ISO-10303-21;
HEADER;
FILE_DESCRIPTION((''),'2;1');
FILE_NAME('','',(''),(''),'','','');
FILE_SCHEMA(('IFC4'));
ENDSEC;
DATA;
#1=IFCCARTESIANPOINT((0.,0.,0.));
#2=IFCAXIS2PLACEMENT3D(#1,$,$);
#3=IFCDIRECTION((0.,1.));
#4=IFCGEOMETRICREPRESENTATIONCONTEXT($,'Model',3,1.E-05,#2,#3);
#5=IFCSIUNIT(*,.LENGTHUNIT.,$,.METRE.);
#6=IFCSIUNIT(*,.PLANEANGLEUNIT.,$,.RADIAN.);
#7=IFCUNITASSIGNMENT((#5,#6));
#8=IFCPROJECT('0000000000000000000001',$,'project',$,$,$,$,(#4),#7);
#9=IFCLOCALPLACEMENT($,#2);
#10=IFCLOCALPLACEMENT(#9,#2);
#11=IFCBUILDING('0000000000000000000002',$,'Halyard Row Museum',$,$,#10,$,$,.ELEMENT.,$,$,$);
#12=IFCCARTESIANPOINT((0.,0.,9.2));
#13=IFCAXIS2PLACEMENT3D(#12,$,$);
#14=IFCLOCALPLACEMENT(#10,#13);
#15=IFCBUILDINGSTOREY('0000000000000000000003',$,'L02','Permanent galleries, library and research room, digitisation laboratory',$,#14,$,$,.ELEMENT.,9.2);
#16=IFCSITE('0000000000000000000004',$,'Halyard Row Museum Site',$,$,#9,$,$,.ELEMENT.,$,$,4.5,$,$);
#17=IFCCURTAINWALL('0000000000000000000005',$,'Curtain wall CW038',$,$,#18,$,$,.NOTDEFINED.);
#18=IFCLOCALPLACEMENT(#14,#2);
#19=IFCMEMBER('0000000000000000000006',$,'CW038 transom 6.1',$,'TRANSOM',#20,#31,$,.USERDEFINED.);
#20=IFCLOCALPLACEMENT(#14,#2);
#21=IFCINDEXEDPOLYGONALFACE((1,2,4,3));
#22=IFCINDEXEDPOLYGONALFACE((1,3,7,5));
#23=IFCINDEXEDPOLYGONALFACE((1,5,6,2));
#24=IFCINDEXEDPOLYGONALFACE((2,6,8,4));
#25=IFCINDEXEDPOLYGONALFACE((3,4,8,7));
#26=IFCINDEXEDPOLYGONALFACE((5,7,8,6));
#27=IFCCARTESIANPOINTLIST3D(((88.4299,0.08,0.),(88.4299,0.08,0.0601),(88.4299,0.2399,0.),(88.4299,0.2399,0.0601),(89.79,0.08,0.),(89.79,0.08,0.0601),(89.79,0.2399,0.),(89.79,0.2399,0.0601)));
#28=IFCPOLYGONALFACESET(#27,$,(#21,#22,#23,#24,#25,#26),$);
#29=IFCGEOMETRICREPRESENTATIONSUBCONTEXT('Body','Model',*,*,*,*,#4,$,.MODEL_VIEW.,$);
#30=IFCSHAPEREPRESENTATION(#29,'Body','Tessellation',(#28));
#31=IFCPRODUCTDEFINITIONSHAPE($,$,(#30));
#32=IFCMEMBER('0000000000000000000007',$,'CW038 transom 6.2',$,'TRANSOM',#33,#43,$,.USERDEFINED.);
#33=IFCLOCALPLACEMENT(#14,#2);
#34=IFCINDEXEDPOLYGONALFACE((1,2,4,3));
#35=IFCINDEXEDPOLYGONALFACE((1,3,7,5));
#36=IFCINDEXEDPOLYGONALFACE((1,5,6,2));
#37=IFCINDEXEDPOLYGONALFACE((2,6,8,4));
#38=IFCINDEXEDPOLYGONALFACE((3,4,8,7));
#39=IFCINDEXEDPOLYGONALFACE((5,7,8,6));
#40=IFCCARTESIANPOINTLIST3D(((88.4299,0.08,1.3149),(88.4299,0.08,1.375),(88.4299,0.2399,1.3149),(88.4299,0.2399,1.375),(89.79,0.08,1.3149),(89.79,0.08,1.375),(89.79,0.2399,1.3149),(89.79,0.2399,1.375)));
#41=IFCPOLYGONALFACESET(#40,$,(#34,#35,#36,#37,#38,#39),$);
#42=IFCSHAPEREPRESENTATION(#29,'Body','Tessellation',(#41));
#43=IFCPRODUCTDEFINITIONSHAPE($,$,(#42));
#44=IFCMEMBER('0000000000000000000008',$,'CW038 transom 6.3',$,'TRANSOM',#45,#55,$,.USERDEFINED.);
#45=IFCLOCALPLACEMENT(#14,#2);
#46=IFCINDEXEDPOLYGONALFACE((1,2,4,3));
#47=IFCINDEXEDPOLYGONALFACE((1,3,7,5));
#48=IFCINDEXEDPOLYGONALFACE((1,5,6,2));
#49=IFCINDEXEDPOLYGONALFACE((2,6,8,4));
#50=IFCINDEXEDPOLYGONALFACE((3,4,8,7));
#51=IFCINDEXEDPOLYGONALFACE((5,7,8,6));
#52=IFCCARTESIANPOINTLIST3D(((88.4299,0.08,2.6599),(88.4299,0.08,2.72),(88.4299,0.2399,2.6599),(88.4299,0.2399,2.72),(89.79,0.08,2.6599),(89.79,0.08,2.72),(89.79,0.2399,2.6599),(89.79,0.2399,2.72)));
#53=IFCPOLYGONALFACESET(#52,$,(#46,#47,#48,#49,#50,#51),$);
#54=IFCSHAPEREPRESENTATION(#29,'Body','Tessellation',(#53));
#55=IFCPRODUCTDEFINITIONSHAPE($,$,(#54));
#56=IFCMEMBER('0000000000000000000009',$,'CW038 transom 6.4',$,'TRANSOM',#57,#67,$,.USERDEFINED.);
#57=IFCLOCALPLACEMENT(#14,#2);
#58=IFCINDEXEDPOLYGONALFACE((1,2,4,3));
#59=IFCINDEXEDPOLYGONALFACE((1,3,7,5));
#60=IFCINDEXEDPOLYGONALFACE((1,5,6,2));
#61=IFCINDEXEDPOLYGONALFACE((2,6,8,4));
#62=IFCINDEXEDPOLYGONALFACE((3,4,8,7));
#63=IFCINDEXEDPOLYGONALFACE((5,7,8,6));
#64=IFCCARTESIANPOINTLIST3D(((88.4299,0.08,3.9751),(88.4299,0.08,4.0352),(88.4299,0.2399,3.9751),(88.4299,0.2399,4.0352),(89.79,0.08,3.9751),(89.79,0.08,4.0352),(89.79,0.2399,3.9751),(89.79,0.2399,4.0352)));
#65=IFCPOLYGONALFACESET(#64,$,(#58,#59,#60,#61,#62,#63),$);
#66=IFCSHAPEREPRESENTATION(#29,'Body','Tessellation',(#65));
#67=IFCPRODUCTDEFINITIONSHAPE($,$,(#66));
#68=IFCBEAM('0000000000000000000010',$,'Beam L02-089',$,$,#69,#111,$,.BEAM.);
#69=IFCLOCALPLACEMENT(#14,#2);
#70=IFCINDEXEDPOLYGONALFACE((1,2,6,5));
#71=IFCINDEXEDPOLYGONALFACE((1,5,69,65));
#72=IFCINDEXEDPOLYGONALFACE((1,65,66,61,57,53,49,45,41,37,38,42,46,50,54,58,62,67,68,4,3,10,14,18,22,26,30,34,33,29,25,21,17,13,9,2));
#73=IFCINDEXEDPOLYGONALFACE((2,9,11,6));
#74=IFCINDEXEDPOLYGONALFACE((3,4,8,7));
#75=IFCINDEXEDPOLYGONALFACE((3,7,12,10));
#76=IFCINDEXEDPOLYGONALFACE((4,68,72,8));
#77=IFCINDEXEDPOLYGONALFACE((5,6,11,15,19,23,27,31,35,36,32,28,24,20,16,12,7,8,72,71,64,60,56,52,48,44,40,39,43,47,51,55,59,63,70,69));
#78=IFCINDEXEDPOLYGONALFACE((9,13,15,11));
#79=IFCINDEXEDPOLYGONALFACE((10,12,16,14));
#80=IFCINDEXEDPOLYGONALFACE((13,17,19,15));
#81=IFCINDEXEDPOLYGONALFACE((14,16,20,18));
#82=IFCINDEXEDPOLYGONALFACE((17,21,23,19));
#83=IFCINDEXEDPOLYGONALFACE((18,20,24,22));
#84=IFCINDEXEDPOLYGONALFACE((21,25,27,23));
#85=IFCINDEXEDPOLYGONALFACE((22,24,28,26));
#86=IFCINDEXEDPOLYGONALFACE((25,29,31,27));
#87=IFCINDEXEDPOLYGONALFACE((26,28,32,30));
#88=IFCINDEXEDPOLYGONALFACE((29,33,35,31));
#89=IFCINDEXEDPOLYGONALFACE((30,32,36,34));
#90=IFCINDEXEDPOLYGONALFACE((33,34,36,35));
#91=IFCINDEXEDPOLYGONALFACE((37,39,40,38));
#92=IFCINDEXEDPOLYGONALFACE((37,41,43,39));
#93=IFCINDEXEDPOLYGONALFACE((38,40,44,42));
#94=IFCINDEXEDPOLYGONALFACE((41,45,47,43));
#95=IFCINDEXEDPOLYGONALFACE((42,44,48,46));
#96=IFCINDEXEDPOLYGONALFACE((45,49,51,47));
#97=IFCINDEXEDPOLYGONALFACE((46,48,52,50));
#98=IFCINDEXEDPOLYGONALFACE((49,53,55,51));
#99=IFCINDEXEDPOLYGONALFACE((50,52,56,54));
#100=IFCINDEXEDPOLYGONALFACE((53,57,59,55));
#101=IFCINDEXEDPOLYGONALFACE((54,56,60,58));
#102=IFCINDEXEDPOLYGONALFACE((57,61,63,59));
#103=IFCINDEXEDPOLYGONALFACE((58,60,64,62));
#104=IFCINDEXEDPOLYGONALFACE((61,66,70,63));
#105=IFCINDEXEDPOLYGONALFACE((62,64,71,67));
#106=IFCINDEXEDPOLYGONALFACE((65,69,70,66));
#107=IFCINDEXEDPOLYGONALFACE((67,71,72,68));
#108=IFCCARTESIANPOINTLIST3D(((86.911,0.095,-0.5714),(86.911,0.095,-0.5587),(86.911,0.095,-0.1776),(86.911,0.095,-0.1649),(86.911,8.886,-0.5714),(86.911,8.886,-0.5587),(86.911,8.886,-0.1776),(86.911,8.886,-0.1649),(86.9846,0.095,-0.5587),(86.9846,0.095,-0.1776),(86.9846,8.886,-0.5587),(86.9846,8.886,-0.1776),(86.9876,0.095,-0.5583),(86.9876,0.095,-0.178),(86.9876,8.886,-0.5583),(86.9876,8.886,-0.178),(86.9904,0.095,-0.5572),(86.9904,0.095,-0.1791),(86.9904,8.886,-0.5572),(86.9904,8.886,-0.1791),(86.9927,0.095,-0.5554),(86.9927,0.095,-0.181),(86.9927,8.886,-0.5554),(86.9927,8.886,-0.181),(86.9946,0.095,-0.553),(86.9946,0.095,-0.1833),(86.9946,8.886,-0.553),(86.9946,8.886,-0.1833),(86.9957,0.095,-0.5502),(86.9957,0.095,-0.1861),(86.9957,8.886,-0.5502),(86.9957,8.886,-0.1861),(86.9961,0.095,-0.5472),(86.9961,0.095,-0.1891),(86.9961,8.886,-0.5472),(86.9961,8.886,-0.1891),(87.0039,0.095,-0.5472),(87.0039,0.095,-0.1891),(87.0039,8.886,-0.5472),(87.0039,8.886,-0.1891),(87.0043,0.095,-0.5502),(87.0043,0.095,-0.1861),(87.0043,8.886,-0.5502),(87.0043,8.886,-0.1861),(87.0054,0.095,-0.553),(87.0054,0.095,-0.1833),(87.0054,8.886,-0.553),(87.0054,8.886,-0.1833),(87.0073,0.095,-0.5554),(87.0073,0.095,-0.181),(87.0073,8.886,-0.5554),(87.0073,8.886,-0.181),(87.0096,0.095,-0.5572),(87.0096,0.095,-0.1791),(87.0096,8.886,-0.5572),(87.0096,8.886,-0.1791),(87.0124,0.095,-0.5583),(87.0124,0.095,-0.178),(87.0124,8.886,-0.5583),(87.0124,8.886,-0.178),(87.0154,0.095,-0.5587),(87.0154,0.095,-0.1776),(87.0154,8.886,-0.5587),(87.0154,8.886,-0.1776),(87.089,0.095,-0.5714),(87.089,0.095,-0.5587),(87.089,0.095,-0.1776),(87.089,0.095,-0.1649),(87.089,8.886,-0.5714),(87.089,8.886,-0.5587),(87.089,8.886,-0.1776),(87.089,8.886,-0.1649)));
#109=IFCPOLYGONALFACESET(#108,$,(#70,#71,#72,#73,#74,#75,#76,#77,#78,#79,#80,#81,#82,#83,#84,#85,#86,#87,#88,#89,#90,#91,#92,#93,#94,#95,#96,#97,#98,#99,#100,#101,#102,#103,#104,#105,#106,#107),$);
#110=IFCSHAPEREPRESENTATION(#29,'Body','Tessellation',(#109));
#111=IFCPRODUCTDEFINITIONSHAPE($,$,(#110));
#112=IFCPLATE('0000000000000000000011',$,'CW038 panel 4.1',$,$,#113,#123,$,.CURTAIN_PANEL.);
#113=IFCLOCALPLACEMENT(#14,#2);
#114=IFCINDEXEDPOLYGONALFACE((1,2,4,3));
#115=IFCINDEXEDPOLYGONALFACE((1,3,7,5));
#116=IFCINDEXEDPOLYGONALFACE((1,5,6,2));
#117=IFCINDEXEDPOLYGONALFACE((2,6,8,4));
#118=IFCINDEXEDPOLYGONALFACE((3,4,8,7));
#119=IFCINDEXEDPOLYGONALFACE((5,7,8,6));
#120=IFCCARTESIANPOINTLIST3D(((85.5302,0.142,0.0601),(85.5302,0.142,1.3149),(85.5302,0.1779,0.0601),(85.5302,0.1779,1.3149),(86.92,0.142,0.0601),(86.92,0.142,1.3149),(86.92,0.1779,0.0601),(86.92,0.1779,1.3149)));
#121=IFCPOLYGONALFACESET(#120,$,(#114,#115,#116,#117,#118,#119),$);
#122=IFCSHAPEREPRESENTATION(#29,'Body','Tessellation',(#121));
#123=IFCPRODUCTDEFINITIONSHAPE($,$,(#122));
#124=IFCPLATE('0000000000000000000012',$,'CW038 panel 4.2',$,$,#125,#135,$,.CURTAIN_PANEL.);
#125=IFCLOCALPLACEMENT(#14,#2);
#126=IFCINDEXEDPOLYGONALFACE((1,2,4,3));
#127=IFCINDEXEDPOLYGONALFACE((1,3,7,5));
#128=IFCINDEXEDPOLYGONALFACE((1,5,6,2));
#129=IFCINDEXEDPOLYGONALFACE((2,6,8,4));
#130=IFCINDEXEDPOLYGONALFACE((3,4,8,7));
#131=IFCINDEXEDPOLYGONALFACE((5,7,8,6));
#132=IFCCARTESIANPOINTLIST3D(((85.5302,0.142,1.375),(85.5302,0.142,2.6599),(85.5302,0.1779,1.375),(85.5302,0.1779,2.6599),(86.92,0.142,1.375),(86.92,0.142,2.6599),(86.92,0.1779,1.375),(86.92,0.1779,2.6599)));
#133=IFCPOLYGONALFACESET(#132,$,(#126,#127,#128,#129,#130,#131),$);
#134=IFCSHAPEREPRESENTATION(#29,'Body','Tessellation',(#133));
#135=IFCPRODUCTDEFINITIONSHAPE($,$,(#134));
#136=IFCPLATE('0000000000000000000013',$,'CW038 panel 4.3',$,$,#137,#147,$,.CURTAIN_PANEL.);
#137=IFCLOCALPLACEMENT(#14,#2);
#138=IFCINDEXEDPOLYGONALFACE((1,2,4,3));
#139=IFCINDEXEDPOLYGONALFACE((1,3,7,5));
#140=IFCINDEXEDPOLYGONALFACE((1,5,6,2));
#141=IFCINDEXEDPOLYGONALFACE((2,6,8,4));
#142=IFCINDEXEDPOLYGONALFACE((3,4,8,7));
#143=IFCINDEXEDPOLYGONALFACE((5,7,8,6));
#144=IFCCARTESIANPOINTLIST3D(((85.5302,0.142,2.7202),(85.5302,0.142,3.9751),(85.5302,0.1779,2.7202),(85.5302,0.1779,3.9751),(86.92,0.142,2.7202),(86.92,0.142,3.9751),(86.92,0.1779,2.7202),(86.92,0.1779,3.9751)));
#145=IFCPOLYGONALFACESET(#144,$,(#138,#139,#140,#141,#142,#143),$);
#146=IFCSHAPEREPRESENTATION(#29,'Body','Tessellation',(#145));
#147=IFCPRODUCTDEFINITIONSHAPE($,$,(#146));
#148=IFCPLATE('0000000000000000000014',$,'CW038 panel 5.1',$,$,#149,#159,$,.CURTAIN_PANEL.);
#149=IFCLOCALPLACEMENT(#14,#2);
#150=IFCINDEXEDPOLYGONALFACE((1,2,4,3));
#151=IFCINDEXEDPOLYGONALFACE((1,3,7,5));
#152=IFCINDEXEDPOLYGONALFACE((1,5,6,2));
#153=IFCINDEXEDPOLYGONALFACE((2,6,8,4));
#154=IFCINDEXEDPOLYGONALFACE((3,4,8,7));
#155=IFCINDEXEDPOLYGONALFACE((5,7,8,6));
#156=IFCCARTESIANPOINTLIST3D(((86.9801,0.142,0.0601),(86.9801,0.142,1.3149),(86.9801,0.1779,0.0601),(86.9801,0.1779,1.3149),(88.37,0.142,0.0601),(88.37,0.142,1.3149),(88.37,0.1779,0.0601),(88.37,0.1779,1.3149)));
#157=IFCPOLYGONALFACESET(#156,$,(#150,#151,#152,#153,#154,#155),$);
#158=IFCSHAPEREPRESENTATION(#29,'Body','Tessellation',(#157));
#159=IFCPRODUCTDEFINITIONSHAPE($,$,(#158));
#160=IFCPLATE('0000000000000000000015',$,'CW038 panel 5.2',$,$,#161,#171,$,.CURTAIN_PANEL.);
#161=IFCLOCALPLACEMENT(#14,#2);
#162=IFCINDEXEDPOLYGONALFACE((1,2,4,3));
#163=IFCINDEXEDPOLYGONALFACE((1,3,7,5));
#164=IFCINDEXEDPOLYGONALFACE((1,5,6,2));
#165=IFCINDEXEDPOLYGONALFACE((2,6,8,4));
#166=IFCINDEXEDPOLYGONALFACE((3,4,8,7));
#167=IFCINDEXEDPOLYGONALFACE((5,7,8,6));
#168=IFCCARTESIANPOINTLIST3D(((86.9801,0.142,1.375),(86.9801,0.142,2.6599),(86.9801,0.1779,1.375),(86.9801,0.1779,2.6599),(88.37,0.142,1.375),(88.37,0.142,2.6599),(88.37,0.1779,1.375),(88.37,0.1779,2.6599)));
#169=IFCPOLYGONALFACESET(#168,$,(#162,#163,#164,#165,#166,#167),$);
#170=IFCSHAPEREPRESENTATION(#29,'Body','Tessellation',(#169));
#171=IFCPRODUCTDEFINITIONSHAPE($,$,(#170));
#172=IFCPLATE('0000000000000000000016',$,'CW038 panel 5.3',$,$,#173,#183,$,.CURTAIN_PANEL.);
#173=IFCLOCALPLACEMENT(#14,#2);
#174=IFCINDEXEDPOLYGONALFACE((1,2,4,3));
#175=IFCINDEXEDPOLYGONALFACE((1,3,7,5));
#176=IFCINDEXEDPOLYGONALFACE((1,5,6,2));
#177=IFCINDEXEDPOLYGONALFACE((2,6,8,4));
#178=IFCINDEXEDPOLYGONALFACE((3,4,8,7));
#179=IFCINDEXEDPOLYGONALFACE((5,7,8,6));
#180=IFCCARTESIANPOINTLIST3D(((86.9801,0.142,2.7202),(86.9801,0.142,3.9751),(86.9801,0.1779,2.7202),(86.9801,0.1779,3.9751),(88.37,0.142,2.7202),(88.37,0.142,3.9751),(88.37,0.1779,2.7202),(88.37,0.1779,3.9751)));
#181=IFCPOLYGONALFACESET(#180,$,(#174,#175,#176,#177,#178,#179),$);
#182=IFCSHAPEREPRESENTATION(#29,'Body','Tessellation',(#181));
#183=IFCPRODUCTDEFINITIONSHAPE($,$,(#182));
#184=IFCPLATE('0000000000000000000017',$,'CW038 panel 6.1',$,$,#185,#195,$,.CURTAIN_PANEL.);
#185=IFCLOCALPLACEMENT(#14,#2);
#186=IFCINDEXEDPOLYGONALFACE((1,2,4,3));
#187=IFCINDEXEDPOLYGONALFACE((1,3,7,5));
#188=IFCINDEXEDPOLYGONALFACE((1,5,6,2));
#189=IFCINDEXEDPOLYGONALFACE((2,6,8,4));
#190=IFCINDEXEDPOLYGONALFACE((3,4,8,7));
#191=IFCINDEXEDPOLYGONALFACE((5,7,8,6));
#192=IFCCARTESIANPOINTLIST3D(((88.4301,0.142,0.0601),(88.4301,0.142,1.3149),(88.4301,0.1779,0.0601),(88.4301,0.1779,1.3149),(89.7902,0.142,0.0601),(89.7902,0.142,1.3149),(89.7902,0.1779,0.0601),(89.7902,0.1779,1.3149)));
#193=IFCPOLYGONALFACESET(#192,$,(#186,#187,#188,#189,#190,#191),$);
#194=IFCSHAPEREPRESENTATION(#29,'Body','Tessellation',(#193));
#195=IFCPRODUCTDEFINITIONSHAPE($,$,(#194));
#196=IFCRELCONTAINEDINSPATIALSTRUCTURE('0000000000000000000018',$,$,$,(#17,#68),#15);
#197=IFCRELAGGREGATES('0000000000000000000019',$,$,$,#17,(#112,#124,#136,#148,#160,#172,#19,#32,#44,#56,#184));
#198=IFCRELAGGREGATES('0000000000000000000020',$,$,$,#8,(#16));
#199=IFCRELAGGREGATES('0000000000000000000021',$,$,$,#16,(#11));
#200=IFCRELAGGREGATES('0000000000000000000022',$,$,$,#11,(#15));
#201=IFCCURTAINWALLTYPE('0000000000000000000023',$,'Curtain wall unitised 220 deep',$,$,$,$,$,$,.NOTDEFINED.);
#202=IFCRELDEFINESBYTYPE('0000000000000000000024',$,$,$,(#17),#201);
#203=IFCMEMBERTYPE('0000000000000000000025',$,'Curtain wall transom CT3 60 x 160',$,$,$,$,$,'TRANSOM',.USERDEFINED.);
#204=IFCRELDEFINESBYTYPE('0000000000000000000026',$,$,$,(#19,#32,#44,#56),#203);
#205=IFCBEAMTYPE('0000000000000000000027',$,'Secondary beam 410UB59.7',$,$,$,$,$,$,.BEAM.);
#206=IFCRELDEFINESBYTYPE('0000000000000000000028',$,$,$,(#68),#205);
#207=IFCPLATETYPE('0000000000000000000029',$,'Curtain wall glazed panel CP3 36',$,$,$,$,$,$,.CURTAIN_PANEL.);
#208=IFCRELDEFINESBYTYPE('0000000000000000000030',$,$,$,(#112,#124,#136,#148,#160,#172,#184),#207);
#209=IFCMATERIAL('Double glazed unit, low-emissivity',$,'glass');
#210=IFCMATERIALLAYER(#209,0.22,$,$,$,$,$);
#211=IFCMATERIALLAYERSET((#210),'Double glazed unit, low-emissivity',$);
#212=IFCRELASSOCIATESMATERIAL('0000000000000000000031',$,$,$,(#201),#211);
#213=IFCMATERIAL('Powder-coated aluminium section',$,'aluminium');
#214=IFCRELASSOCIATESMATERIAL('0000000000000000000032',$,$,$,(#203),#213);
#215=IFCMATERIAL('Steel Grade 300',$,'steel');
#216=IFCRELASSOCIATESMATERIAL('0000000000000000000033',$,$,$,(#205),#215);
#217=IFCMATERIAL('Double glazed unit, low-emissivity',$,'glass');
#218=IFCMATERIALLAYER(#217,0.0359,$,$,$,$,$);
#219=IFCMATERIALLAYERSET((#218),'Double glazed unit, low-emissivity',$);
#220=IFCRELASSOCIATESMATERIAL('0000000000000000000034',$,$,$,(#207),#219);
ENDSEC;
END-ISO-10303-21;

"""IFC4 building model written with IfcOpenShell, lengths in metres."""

from ifc_helpers import new_model, si_unit, direction, frame, origin, origin_2d, place, context, subcontext, project, spatial, rectangle, i_section, extrude, material, layer, layer_set, material_profile, profile_set, type_object, element, aggregate, save


model = new_model("IFC4")

# Units and contexts
model_context = context("Model", 3, precision=1e-05, world=origin(), true_north=direction((0.0, 1.0)))
body_context = subcontext(model_context, "Body", "Model", "MODEL_VIEW")
ifc_project = project(units=[si_unit("LENGTHUNIT", "METRE"), si_unit("PLANEANGLEUNIT", "RADIAN")], contexts=[model_context])

# Site, building, storey
site_placement = place(None, origin())
site = spatial("IfcSite", under=ifc_project, at=site_placement, Name="Halyard Row Museum Site", CompositionType="ELEMENT", RefElevation=4.5)
building_placement = place(site_placement, origin())
building = spatial("IfcBuilding", under=site, at=building_placement, Name="Halyard Row Museum", CompositionType="ELEMENT")
storey_placement = place(building_placement, frame((0.0, 0.0, 9.2)))
storey = spatial("IfcBuildingStorey", under=building, at=storey_placement, Name="L02", Description="Permanent galleries, library and research room, digitisation laboratory", CompositionType="ELEMENT", Elevation=9.2)

# Curtain wall, members
ifc_material_1 = material(Name="Double glazed unit, low-emissivity", Category="glass")
ifc_layer_1 = layer(ifc_material_1, 0.22)
ifc_layer_set_1 = layer_set([ifc_layer_1], Name="Double glazed unit, low-emissivity")
curtain_wall_type = type_object("IfcCurtainWallType", Name="Curtain wall unitised 220 deep", PredefinedType="NOTDEFINED", material=ifc_layer_set_1)
curtain_wall_placement = place(storey_placement, origin())
curtain_wall = element("IfcCurtainWall", 1, at=curtain_wall_placement, inside=storey, type_object=curtain_wall_type, Name="Curtain wall CW038", PredefinedType="NOTDEFINED")
ifc_material_2 = material(Name="Powder-coated aluminium section", Category="aluminium")
ifc_material_profile_1 = material_profile(ifc_material_2, rectangle(XDim=0.1599, YDim=0.0601, at=origin_2d()), Name="160x60 transom")
ifc_profile_set_1 = profile_set([ifc_material_profile_1], Name="Powder-coated aluminium section")
member_type_1 = type_object("IfcMemberType", Name="Curtain wall transom CT3 60 x 160", ElementType="TRANSOM", PredefinedType="USERDEFINED", material=ifc_profile_set_1)
member_1_placement = place(storey_placement, frame((88.4299, 0.1599, 0.03), z_axis=(1.0, 0.0, 0.0), x_axis=(0.0, 1.0, 0.0)))
member_1 = element("IfcMember", 2, at=member_1_placement, type_object=member_type_1, Name="CW038 transom 6.1", ObjectType="TRANSOM", PredefinedType="USERDEFINED", context=body_context, shape_type="SweptSolid", body=[
    extrude(rectangle(XDim=0.1599, YDim=0.0601, at=origin_2d()), origin(), (0.0, 0.0, 1.0), 1.3601),
])
member_2_placement = place(storey_placement, frame((88.4299, 0.1599, 1.345), z_axis=(1.0, 0.0, 0.0), x_axis=(0.0, 1.0, 0.0)))
member_2 = element("IfcMember", 3, at=member_2_placement, type_object=member_type_1, Name="CW038 transom 6.2", ObjectType="TRANSOM", PredefinedType="USERDEFINED", context=body_context, shape_type="SweptSolid", body=[
    extrude(rectangle(XDim=0.1599, YDim=0.0601, at=origin_2d()), origin(), (0.0, 0.0, 1.0), 1.3601),
])
member_3_placement = place(storey_placement, frame((88.4299, 0.1599, 2.6899), z_axis=(1.0, 0.0, 0.0), x_axis=(0.0, 1.0, 0.0)))
member_3 = element("IfcMember", 4, at=member_3_placement, type_object=member_type_1, Name="CW038 transom 6.3", ObjectType="TRANSOM", PredefinedType="USERDEFINED", context=body_context, shape_type="SweptSolid", body=[
    extrude(rectangle(XDim=0.1599, YDim=0.0601, at=origin_2d()), origin(), (0.0, 0.0, 1.0), 1.3601),
])
member_4_placement = place(storey_placement, frame((88.4299, 0.1599, 4.0051), z_axis=(1.0, 0.0, 0.0), x_axis=(0.0, 1.0, 0.0)))
member_4 = element("IfcMember", 5, at=member_4_placement, type_object=member_type_1, Name="CW038 transom 6.4", ObjectType="TRANSOM", PredefinedType="USERDEFINED", context=body_context, shape_type="SweptSolid", body=[
    extrude(rectangle(XDim=0.1599, YDim=0.0601, at=origin_2d()), origin(), (0.0, 0.0, 1.0), 1.3601),
])

# Beam
ifc_material_3 = material(Name="Steel Grade 300", Category="steel")
ifc_material_profile_2 = material_profile(ifc_material_3, i_section(OverallWidth=0.178, OverallDepth=0.4065, WebThickness=0.0078, FlangeThickness=0.0127, FilletRadius=0.0115, at=origin_2d()), Name="410UB59.7")
ifc_profile_set_2 = profile_set([ifc_material_profile_2], Name="Steel Grade 300")
beam_type = type_object("IfcBeamType", Name="Secondary beam 410UB59.7", PredefinedType="BEAM", material=ifc_profile_set_2)
beam_placement = place(storey_placement, frame((87.0, 0.095, -0.3682), z_axis=(0.0, 1.0, 0.0), x_axis=(-1.0, 0.0, 0.0)))
element("IfcBeam", 6, at=beam_placement, inside=storey, type_object=beam_type, Name="Beam L02-089", PredefinedType="BEAM", context=body_context, shape_type="SweptSolid", body=[
    extrude(i_section(OverallWidth=0.178, OverallDepth=0.4065, WebThickness=0.0078, FlangeThickness=0.0127, FilletRadius=0.0115, at=origin_2d()), origin(), (0.0, 0.0, 1.0), 8.791),
])

# Plates
ifc_material_4 = material(Name="Double glazed unit, low-emissivity", Category="glass")
ifc_layer_2 = layer(ifc_material_4, 0.0359)
ifc_layer_set_2 = layer_set([ifc_layer_2], Name="Double glazed unit, low-emissivity")
plate_type = type_object("IfcPlateType", Name="Curtain wall glazed panel CP3 36", PredefinedType="CURTAIN_PANEL", material=ifc_layer_set_2)
plate_1_placement = place(storey_placement, frame((86.2251, 0.1599, 0.0601), z_axis=(0.0, 0.0, 1.0), x_axis=(1.0, 0.0, 0.0)))
plate_1 = element("IfcPlate", 7, at=plate_1_placement, type_object=plate_type, Name="CW038 panel 4.1", PredefinedType="CURTAIN_PANEL", context=body_context, shape_type="SweptSolid", body=[
    extrude(rectangle(XDim=1.3899, YDim=0.0359, at=origin_2d()), origin(), (0.0, 0.0, 1.0), 1.2549),
])
plate_2_placement = place(storey_placement, frame((86.2251, 0.1599, 1.375), z_axis=(0.0, 0.0, 1.0), x_axis=(1.0, 0.0, 0.0)))
plate_2 = element("IfcPlate", 8, at=plate_2_placement, type_object=plate_type, Name="CW038 panel 4.2", PredefinedType="CURTAIN_PANEL", context=body_context, shape_type="SweptSolid", body=[
    extrude(rectangle(XDim=1.3899, YDim=0.0359, at=origin_2d()), origin(), (0.0, 0.0, 1.0), 1.2849),
])
plate_3_placement = place(storey_placement, frame((86.2251, 0.1599, 2.7202), z_axis=(0.0, 0.0, 1.0), x_axis=(1.0, 0.0, 0.0)))
plate_3 = element("IfcPlate", 9, at=plate_3_placement, type_object=plate_type, Name="CW038 panel 4.3", PredefinedType="CURTAIN_PANEL", context=body_context, shape_type="SweptSolid", body=[
    extrude(rectangle(XDim=1.3899, YDim=0.0359, at=origin_2d()), origin(), (0.0, 0.0, 1.0), 1.2549),
])
plate_4_placement = place(storey_placement, frame((87.675, 0.1599, 0.0601), z_axis=(0.0, 0.0, 1.0), x_axis=(1.0, 0.0, 0.0)))
plate_4 = element("IfcPlate", 10, at=plate_4_placement, type_object=plate_type, Name="CW038 panel 5.1", PredefinedType="CURTAIN_PANEL", context=body_context, shape_type="SweptSolid", body=[
    extrude(rectangle(XDim=1.3899, YDim=0.0359, at=origin_2d()), origin(), (0.0, 0.0, 1.0), 1.2549),
])
plate_5_placement = place(storey_placement, frame((87.675, 0.1599, 1.375), z_axis=(0.0, 0.0, 1.0), x_axis=(1.0, 0.0, 0.0)))
plate_5 = element("IfcPlate", 11, at=plate_5_placement, type_object=plate_type, Name="CW038 panel 5.2", PredefinedType="CURTAIN_PANEL", context=body_context, shape_type="SweptSolid", body=[
    extrude(rectangle(XDim=1.3899, YDim=0.0359, at=origin_2d()), origin(), (0.0, 0.0, 1.0), 1.2849),
])
plate_6_placement = place(storey_placement, frame((87.675, 0.1599, 2.7202), z_axis=(0.0, 0.0, 1.0), x_axis=(1.0, 0.0, 0.0)))
plate_6 = element("IfcPlate", 12, at=plate_6_placement, type_object=plate_type, Name="CW038 panel 5.3", PredefinedType="CURTAIN_PANEL", context=body_context, shape_type="SweptSolid", body=[
    extrude(rectangle(XDim=1.3899, YDim=0.0359, at=origin_2d()), origin(), (0.0, 0.0, 1.0), 1.2549),
])
plate_7_placement = place(storey_placement, frame((89.1101, 0.1599, 0.0601), z_axis=(0.0, 0.0, 1.0), x_axis=(1.0, 0.0, 0.0)))
plate_7 = element("IfcPlate", 13, at=plate_7_placement, type_object=plate_type, Name="CW038 panel 6.1", PredefinedType="CURTAIN_PANEL", context=body_context, shape_type="SweptSolid", body=[
    extrude(rectangle(XDim=1.3601, YDim=0.0359, at=origin_2d()), origin(), (0.0, 0.0, 1.0), 1.2549),
])
aggregate(curtain_wall, [plate_1, plate_2, plate_3, plate_4, plate_5, plate_6, member_1, member_2, member_3, member_4, plate_7])

save(model, "model.ifc")
